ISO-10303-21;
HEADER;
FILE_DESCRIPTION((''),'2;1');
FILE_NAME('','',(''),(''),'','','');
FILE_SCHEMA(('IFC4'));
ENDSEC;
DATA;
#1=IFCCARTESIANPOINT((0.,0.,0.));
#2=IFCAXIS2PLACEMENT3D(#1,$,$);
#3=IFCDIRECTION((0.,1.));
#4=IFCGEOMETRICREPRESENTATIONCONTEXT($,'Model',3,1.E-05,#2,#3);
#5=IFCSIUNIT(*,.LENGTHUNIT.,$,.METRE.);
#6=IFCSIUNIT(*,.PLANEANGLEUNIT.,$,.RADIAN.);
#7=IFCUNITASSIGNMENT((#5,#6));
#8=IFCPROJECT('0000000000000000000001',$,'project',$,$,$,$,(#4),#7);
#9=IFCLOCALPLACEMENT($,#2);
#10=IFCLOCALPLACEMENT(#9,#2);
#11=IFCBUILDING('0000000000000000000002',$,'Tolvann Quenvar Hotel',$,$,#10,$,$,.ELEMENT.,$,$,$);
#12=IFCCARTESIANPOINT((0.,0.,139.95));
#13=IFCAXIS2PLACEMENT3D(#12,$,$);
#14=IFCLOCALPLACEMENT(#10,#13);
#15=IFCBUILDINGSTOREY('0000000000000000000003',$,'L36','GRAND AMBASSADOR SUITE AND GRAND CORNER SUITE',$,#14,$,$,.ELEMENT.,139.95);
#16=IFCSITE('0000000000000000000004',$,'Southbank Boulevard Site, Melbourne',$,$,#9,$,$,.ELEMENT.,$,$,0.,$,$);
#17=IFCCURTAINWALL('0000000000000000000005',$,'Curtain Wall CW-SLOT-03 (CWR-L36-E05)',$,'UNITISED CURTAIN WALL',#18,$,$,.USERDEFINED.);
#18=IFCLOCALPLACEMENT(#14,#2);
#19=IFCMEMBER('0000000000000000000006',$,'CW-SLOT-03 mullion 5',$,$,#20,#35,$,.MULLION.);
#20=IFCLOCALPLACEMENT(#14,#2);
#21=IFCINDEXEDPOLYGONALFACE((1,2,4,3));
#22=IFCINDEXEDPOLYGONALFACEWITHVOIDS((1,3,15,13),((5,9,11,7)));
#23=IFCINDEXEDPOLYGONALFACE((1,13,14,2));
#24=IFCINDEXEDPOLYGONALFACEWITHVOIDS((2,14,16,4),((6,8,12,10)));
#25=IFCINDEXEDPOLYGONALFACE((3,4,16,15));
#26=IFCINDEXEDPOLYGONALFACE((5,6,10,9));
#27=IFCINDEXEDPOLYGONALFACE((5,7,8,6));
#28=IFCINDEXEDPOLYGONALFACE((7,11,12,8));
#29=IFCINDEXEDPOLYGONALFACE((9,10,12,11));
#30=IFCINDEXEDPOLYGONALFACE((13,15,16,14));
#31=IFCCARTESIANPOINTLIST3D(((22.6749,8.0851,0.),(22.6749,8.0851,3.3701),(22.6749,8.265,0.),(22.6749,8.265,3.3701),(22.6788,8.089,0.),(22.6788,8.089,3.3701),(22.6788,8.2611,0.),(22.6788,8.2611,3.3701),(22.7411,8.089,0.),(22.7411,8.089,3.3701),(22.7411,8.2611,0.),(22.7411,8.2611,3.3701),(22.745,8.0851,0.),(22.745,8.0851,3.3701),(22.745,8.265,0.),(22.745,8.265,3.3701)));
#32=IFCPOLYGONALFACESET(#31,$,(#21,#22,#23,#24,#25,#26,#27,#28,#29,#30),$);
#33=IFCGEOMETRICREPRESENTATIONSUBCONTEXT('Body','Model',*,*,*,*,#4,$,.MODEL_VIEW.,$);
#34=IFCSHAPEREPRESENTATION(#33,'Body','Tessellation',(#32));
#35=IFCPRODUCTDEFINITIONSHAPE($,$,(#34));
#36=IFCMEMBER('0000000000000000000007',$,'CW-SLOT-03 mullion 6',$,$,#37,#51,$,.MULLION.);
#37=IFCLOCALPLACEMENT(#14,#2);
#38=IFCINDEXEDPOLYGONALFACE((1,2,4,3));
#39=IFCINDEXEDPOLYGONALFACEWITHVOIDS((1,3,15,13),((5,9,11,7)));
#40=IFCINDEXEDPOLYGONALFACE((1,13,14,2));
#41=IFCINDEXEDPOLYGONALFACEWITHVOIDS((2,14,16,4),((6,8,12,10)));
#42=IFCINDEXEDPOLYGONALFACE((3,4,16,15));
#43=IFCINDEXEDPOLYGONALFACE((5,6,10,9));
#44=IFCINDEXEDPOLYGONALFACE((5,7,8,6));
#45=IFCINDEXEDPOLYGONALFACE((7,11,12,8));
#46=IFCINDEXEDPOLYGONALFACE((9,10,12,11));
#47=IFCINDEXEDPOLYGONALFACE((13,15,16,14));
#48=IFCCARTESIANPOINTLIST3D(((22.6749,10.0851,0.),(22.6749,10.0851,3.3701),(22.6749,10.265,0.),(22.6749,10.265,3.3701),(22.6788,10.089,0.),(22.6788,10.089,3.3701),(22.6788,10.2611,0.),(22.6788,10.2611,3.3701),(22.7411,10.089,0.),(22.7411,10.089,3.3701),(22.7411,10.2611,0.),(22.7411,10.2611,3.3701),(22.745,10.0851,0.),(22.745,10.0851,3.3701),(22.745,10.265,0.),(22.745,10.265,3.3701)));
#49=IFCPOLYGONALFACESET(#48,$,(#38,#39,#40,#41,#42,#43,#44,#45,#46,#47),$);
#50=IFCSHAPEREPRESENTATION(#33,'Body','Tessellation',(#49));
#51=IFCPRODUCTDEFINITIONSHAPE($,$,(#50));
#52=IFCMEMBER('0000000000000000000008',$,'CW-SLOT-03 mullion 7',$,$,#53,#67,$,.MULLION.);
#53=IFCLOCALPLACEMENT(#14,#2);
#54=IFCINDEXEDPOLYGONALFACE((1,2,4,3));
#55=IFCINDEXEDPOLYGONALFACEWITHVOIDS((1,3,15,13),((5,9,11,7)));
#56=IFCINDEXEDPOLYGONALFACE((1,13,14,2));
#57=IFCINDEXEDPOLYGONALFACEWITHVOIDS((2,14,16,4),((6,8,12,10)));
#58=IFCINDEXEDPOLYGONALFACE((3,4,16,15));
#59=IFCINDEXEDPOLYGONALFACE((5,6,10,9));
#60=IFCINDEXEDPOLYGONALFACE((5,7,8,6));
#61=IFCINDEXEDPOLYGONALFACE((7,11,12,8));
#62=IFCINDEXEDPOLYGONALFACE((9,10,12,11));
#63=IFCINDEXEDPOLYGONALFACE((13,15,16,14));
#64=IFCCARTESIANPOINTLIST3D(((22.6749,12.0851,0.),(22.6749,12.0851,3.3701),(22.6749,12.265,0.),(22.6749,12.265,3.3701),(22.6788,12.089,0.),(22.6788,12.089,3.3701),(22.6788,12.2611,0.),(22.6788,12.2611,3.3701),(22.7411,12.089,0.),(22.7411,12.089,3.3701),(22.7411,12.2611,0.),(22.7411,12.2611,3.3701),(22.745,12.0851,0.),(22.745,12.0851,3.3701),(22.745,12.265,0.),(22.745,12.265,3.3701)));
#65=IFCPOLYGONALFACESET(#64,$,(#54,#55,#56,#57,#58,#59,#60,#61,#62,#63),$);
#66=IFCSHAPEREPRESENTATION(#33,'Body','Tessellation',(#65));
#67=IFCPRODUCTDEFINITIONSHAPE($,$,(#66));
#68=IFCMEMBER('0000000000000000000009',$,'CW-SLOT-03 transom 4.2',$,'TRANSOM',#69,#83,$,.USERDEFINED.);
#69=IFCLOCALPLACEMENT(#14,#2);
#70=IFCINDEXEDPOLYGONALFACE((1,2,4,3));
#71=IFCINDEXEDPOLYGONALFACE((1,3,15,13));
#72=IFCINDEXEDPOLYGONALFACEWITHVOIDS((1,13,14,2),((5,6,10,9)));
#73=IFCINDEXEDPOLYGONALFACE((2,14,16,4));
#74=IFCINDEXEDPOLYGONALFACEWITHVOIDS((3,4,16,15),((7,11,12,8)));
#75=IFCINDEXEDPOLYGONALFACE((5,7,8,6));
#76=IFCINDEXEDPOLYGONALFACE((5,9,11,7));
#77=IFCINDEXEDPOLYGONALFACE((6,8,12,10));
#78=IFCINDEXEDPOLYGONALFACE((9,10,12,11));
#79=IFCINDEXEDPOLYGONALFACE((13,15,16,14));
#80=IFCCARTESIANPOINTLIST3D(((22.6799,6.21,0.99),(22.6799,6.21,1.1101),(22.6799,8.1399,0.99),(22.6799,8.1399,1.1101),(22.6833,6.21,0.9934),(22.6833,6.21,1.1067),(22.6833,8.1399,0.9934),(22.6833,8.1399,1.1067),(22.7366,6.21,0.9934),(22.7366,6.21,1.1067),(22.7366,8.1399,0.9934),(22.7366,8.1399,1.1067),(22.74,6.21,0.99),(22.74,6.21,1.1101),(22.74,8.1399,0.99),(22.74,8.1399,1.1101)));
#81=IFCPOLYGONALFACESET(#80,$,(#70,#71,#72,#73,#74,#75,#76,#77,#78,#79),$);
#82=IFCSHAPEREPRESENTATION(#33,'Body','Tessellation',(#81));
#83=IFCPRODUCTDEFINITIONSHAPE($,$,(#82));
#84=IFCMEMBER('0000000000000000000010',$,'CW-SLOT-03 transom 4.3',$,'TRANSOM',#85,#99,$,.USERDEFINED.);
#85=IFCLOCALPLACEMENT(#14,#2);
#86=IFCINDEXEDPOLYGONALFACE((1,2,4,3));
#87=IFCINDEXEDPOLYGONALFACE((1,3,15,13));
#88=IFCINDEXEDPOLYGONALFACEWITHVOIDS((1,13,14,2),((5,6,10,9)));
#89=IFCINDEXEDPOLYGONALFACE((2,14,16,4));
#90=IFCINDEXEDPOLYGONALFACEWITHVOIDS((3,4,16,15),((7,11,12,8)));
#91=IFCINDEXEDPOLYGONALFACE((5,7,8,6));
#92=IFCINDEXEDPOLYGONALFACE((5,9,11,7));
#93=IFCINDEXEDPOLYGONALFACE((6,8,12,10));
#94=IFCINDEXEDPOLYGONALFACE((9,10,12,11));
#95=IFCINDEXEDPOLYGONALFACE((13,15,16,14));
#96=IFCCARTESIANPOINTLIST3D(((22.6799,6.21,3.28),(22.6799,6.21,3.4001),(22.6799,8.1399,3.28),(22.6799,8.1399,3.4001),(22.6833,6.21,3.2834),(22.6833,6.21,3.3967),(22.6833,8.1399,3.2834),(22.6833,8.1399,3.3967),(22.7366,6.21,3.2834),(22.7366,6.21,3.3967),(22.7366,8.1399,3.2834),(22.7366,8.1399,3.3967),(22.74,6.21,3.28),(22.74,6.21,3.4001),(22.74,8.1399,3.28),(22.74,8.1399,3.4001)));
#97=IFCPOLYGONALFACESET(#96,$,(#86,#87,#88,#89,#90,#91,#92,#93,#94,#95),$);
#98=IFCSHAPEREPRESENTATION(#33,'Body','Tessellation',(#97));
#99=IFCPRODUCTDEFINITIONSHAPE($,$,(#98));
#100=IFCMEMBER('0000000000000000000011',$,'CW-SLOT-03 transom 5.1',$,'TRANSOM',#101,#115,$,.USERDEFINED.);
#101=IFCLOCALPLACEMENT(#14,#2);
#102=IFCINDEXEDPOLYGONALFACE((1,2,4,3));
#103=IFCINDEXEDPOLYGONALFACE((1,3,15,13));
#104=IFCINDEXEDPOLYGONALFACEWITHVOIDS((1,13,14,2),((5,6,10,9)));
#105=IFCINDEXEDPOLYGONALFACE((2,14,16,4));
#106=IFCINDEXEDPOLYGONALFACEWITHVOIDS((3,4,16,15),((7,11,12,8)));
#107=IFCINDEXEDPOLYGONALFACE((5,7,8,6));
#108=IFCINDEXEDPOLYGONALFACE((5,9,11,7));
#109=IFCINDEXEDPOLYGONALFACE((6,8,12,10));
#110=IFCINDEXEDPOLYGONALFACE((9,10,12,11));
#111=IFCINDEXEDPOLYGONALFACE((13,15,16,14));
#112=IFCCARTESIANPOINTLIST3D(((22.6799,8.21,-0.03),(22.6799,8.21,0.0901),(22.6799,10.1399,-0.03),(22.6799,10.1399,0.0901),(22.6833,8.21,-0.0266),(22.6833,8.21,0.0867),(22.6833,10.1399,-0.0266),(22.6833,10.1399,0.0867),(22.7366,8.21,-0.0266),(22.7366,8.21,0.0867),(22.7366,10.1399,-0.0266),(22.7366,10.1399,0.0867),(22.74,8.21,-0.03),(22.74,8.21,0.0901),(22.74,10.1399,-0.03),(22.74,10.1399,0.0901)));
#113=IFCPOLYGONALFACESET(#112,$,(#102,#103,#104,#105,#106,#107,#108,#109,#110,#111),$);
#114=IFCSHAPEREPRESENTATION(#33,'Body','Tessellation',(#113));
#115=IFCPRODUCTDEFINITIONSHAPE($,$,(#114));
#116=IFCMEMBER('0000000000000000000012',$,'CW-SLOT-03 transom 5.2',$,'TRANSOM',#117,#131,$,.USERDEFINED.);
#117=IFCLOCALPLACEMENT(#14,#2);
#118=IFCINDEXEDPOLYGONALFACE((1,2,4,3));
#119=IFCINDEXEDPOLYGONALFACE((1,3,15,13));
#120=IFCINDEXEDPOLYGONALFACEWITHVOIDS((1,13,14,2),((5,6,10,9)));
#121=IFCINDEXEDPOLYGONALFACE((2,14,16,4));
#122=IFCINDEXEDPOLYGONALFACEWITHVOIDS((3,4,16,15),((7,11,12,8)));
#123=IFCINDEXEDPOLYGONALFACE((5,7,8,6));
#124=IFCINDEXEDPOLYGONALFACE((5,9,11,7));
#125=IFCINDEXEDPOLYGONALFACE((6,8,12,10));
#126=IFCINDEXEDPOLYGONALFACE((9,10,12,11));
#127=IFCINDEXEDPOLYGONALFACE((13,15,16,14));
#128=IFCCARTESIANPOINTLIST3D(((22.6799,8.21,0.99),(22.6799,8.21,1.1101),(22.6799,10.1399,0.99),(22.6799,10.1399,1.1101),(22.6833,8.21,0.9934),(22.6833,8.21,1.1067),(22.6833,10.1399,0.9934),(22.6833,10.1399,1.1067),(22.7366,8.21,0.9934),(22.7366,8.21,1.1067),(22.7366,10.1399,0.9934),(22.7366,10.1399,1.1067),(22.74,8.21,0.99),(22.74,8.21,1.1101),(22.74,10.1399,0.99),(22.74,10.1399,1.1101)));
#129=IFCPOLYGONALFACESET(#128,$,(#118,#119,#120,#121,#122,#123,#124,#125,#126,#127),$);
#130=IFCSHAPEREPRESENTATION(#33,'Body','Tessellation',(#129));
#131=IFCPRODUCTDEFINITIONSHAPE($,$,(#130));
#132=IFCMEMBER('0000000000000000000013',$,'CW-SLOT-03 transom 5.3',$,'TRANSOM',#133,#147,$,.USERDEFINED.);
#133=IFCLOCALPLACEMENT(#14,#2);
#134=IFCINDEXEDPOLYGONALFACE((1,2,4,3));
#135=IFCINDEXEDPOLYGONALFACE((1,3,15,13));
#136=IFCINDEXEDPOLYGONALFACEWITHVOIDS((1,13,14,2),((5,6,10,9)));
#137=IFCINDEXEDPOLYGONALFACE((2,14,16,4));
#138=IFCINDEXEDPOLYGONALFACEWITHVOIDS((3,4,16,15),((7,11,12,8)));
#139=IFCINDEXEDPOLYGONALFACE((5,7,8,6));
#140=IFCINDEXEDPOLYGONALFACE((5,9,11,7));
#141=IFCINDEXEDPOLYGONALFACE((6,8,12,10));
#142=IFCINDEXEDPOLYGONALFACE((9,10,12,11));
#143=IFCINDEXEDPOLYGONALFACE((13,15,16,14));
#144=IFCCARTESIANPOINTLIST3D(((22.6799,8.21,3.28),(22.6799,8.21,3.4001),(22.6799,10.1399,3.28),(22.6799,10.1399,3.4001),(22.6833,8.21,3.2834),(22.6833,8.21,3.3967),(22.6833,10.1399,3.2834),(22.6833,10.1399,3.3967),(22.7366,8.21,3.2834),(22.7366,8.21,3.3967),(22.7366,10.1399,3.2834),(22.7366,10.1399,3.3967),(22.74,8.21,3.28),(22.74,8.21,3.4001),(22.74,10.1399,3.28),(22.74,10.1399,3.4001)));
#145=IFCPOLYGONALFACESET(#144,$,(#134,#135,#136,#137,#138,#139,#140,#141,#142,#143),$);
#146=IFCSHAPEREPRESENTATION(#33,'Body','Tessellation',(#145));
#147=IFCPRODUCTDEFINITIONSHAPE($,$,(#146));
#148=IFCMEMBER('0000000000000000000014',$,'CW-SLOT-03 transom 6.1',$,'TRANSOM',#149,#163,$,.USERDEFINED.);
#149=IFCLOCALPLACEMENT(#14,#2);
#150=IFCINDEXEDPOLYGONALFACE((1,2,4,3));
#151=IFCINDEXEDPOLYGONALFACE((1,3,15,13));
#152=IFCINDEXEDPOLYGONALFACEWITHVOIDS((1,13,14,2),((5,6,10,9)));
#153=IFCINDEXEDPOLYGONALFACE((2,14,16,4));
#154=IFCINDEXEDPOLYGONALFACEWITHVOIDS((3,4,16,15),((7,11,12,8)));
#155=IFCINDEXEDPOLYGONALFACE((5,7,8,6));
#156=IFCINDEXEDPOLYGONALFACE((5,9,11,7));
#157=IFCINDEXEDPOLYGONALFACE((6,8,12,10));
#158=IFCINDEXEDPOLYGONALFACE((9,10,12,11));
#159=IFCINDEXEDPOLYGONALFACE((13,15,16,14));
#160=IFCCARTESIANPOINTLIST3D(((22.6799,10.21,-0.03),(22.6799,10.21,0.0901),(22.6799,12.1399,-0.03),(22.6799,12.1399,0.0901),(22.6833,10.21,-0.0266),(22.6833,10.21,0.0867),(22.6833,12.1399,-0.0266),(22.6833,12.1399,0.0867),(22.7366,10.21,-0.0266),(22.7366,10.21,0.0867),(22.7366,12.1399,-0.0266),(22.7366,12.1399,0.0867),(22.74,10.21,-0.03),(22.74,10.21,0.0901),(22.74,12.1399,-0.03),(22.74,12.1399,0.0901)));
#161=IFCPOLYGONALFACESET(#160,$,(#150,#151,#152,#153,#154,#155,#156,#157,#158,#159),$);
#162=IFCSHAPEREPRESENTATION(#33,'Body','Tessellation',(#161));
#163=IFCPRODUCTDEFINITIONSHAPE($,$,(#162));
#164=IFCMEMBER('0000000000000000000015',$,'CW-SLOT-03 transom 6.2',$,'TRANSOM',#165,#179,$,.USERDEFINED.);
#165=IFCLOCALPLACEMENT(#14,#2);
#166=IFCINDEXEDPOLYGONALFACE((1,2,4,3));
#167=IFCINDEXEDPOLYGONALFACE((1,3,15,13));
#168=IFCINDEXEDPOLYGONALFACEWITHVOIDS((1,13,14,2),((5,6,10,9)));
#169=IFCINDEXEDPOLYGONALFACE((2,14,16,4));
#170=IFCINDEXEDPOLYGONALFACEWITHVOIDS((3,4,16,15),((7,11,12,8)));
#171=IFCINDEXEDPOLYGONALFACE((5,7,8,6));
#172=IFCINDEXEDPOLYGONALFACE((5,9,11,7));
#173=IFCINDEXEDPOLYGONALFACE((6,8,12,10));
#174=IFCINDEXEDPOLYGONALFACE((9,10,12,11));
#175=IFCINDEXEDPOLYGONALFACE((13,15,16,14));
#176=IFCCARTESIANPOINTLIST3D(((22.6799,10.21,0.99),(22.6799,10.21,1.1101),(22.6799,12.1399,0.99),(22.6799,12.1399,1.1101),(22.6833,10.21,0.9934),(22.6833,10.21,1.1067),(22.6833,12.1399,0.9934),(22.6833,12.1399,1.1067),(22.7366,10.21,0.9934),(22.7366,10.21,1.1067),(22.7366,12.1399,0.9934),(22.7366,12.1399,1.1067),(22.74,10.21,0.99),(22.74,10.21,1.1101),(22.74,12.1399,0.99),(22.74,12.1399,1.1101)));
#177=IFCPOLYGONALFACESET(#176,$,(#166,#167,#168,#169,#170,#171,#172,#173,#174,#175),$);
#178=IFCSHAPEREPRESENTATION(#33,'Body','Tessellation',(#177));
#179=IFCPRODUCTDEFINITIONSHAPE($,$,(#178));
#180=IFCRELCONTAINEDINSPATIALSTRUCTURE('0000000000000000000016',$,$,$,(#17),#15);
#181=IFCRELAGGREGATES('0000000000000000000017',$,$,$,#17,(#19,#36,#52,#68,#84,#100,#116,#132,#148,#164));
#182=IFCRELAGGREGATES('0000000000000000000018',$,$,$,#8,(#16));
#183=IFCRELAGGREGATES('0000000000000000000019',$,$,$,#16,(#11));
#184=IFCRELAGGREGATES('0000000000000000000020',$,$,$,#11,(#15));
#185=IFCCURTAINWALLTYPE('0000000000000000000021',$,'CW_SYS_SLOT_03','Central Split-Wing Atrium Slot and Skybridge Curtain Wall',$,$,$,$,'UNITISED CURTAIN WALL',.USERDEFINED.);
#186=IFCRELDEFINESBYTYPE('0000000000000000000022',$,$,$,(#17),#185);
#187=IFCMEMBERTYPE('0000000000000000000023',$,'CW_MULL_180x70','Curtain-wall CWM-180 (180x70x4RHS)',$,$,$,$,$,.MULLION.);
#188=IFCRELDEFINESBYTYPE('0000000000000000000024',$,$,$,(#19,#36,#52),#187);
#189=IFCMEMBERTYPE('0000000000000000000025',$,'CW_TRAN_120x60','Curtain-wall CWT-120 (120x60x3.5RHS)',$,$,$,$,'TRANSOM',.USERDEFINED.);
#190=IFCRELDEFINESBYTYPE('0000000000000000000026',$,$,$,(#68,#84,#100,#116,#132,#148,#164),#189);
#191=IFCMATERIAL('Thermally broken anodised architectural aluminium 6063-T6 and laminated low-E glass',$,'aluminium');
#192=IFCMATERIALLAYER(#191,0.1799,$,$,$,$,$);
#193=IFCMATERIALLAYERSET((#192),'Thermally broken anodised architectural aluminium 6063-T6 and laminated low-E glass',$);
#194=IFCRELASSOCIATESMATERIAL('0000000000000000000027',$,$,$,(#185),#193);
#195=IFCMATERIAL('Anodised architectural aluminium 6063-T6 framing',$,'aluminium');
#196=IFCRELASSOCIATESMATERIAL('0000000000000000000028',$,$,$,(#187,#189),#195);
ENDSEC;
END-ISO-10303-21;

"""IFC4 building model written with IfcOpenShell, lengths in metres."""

from ifc_helpers import new_model, si_unit, direction, frame, origin, origin_2d, place, context, subcontext, project, spatial, hollow_rectangle, extrude, source, transform, mapped, material, layer, layer_set, material_profile, profile_set, type_object, type_shapes, element, aggregate, save


model = new_model("IFC4")

# Units and contexts
model_context = context("Model", 3, precision=1e-05, world=origin(), true_north=direction((0.0, 1.0)))
body_context = subcontext(model_context, "Body", "Model", "MODEL_VIEW")
ifc_project = project(units=[si_unit("LENGTHUNIT", "METRE"), si_unit("PLANEANGLEUNIT", "RADIAN")], contexts=[model_context])

# Site, building, storey
site_placement = place(None, origin())
site = spatial("IfcSite", under=ifc_project, at=site_placement, Name="Southbank Boulevard Site, Melbourne", CompositionType="ELEMENT", RefElevation=0.0)
building_placement = place(site_placement, origin())
building = spatial("IfcBuilding", under=site, at=building_placement, Name="Tolvann Quenvar Hotel", CompositionType="ELEMENT")
storey_placement = place(building_placement, frame((0.0, 0.0, 139.95)))
storey = spatial("IfcBuildingStorey", under=building, at=storey_placement, Name="L36", Description="GRAND AMBASSADOR SUITE AND GRAND CORNER SUITE", CompositionType="ELEMENT", Elevation=139.95)

# Curtain wall, members
ifc_material_1 = material(Name="Thermally broken anodised architectural aluminium 6063-T6 and laminated low-E glass", Category="aluminium")
ifc_layer_1 = layer(ifc_material_1, 0.1799)
ifc_layer_set_1 = layer_set([ifc_layer_1], Name="Thermally broken anodised architectural aluminium 6063-T6 and laminated low-E glass")
curtain_wall_type = type_object("IfcCurtainWallType", Name="CW_SYS_SLOT_03", Description="Central Split-Wing Atrium Slot and Skybridge Curtain Wall", ElementType="UNITISED CURTAIN WALL", PredefinedType="USERDEFINED", material=ifc_layer_set_1)
curtain_wall_placement = place(storey_placement, origin())
curtain_wall = element("IfcCurtainWall", 1, at=curtain_wall_placement, inside=storey, type_object=curtain_wall_type, Name="Curtain Wall CW-SLOT-03 (CWR-L36-E05)", ObjectType="UNITISED CURTAIN WALL", PredefinedType="USERDEFINED")
ifc_material_2 = material(Name="Anodised architectural aluminium 6063-T6 framing", Category="aluminium")
ifc_material_profile_1 = material_profile(ifc_material_2, hollow_rectangle(XDim=0.0701, YDim=0.1799, WallThickness=0.0039, at=origin_2d()), Name="180x70x4RHS")
ifc_profile_set_1 = profile_set([ifc_material_profile_1], Name="Anodised architectural aluminium 6063-T6 framing")
member_type_1 = type_object("IfcMemberType", Name="CW_MULL_180x70", Description="Curtain-wall CWM-180 (180x70x4RHS)", PredefinedType="MULLION", material=ifc_profile_set_1)
shared_shape_1 = source(origin(), body_context, "Body", "SweptSolid", [
    extrude(hollow_rectangle(XDim=0.0701, YDim=0.1799, WallThickness=0.0039, at=origin_2d()), origin(), (0.0, 0.0, 1.0), 3.3701),
])
type_shapes(member_type_1, [shared_shape_1])
member_1_placement = place(storey_placement, frame((22.71, 8.175, 0.0), z_axis=(0.0, 0.0, 1.0), x_axis=(-1.0, 0.0, 0.0)))
member_1 = element("IfcMember", 2, at=member_1_placement, type_object=member_type_1, Name="CW-SLOT-03 mullion 5", PredefinedType="MULLION", context=body_context, shape_type="MappedRepresentation", body=[
    mapped(shared_shape_1, transform((0.0, 0.0, 0.0), x_axis=(1.0, 0.0, 0.0), y_axis=(0.0, 1.0, 0.0), z_axis=(0.0, 0.0, 1.0), scale=1.0)),
])
member_2_placement = place(storey_placement, frame((22.71, 10.175, 0.0), z_axis=(0.0, 0.0, 1.0), x_axis=(-1.0, 0.0, 0.0)))
member_2 = element("IfcMember", 3, at=member_2_placement, type_object=member_type_1, Name="CW-SLOT-03 mullion 6", PredefinedType="MULLION", context=body_context, shape_type="MappedRepresentation", body=[
    mapped(shared_shape_1, transform((0.0, 0.0, 0.0), x_axis=(1.0, 0.0, 0.0), y_axis=(0.0, 1.0, 0.0), z_axis=(0.0, 0.0, 1.0), scale=1.0)),
])
member_3_placement = place(storey_placement, frame((22.71, 12.175, 0.0), z_axis=(0.0, 0.0, 1.0), x_axis=(-1.0, 0.0, 0.0)))
member_3 = element("IfcMember", 4, at=member_3_placement, type_object=member_type_1, Name="CW-SLOT-03 mullion 7", PredefinedType="MULLION", context=body_context, shape_type="MappedRepresentation", body=[
    mapped(shared_shape_1, transform((0.0, 0.0, 0.0), x_axis=(1.0, 0.0, 0.0), y_axis=(0.0, 1.0, 0.0), z_axis=(0.0, 0.0, 1.0), scale=1.0)),
])
ifc_material_profile_2 = material_profile(ifc_material_2, hollow_rectangle(XDim=0.0601, YDim=0.1201, WallThickness=0.0034, at=origin_2d()), Name="120x60x3.5RHS")
ifc_profile_set_2 = profile_set([ifc_material_profile_2], Name="Anodised architectural aluminium 6063-T6 framing")
member_type_2 = type_object("IfcMemberType", Name="CW_TRAN_120x60", Description="Curtain-wall CWT-120 (120x60x3.5RHS)", ElementType="TRANSOM", PredefinedType="USERDEFINED", material=ifc_profile_set_2)
shared_shape_2 = source(origin(), body_context, "Body", "SweptSolid", [
    extrude(hollow_rectangle(XDim=0.0601, YDim=0.1201, WallThickness=0.0034, at=origin_2d()), origin(), (0.0, 0.0, 1.0), 1.9299),
])
type_shapes(member_type_2, [shared_shape_2])
member_4_placement = place(storey_placement, frame((22.71, 6.21, 1.05), z_axis=(0.0, 1.0, 0.0), x_axis=(-1.0, 0.0, 0.0)))
member_4 = element("IfcMember", 5, at=member_4_placement, type_object=member_type_2, Name="CW-SLOT-03 transom 4.2", ObjectType="TRANSOM", PredefinedType="USERDEFINED", context=body_context, shape_type="MappedRepresentation", body=[
    mapped(shared_shape_2, transform((0.0, 0.0, 0.0), x_axis=(1.0, 0.0, 0.0), y_axis=(0.0, 1.0, 0.0), z_axis=(0.0, 0.0, 1.0), scale=1.0)),
])
member_5_placement = place(storey_placement, frame((22.71, 6.21, 3.3401), z_axis=(0.0, 1.0, 0.0), x_axis=(-1.0, 0.0, 0.0)))
member_5 = element("IfcMember", 6, at=member_5_placement, type_object=member_type_2, Name="CW-SLOT-03 transom 4.3", ObjectType="TRANSOM", PredefinedType="USERDEFINED", context=body_context, shape_type="MappedRepresentation", body=[
    mapped(shared_shape_2, transform((0.0, 0.0, 0.0), x_axis=(1.0, 0.0, 0.0), y_axis=(0.0, 1.0, 0.0), z_axis=(0.0, 0.0, 1.0), scale=1.0)),
])
member_6_placement = place(storey_placement, frame((22.71, 8.21, 0.03), z_axis=(0.0, 1.0, 0.0), x_axis=(-1.0, 0.0, 0.0)))
member_6 = element("IfcMember", 7, at=member_6_placement, type_object=member_type_2, Name="CW-SLOT-03 transom 5.1", ObjectType="TRANSOM", PredefinedType="USERDEFINED", context=body_context, shape_type="MappedRepresentation", body=[
    mapped(shared_shape_2, transform((0.0, 0.0, 0.0), x_axis=(1.0, 0.0, 0.0), y_axis=(0.0, 1.0, 0.0), z_axis=(0.0, 0.0, 1.0), scale=1.0)),
])
member_7_placement = place(storey_placement, frame((22.71, 8.21, 1.05), z_axis=(0.0, 1.0, 0.0), x_axis=(-1.0, 0.0, 0.0)))
member_7 = element("IfcMember", 8, at=member_7_placement, type_object=member_type_2, Name="CW-SLOT-03 transom 5.2", ObjectType="TRANSOM", PredefinedType="USERDEFINED", context=body_context, shape_type="MappedRepresentation", body=[
    mapped(shared_shape_2, transform((0.0, 0.0, 0.0), x_axis=(1.0, 0.0, 0.0), y_axis=(0.0, 1.0, 0.0), z_axis=(0.0, 0.0, 1.0), scale=1.0)),
])
member_8_placement = place(storey_placement, frame((22.71, 8.21, 3.3401), z_axis=(0.0, 1.0, 0.0), x_axis=(-1.0, 0.0, 0.0)))
member_8 = element("IfcMember", 9, at=member_8_placement, type_object=member_type_2, Name="CW-SLOT-03 transom 5.3", ObjectType="TRANSOM", PredefinedType="USERDEFINED", context=body_context, shape_type="MappedRepresentation", body=[
    mapped(shared_shape_2, transform((0.0, 0.0, 0.0), x_axis=(1.0, 0.0, 0.0), y_axis=(0.0, 1.0, 0.0), z_axis=(0.0, 0.0, 1.0), scale=1.0)),
])
member_9_placement = place(storey_placement, frame((22.71, 10.21, 0.03), z_axis=(0.0, 1.0, 0.0), x_axis=(-1.0, 0.0, 0.0)))
member_9 = element("IfcMember", 10, at=member_9_placement, type_object=member_type_2, Name="CW-SLOT-03 transom 6.1", ObjectType="TRANSOM", PredefinedType="USERDEFINED", context=body_context, shape_type="MappedRepresentation", body=[
    mapped(shared_shape_2, transform((0.0, 0.0, 0.0), x_axis=(1.0, 0.0, 0.0), y_axis=(0.0, 1.0, 0.0), z_axis=(0.0, 0.0, 1.0), scale=1.0)),
])
member_10_placement = place(storey_placement, frame((22.71, 10.21, 1.05), z_axis=(0.0, 1.0, 0.0), x_axis=(-1.0, 0.0, 0.0)))
member_10 = element("IfcMember", 11, at=member_10_placement, type_object=member_type_2, Name="CW-SLOT-03 transom 6.2", ObjectType="TRANSOM", PredefinedType="USERDEFINED", context=body_context, shape_type="MappedRepresentation", body=[
    mapped(shared_shape_2, transform((0.0, 0.0, 0.0), x_axis=(1.0, 0.0, 0.0), y_axis=(0.0, 1.0, 0.0), z_axis=(0.0, 0.0, 1.0), scale=1.0)),
])
aggregate(curtain_wall, [member_1, member_2, member_3, member_4, member_5, member_6, member_7, member_8, member_9, member_10])

save(model, "model.ifc")
